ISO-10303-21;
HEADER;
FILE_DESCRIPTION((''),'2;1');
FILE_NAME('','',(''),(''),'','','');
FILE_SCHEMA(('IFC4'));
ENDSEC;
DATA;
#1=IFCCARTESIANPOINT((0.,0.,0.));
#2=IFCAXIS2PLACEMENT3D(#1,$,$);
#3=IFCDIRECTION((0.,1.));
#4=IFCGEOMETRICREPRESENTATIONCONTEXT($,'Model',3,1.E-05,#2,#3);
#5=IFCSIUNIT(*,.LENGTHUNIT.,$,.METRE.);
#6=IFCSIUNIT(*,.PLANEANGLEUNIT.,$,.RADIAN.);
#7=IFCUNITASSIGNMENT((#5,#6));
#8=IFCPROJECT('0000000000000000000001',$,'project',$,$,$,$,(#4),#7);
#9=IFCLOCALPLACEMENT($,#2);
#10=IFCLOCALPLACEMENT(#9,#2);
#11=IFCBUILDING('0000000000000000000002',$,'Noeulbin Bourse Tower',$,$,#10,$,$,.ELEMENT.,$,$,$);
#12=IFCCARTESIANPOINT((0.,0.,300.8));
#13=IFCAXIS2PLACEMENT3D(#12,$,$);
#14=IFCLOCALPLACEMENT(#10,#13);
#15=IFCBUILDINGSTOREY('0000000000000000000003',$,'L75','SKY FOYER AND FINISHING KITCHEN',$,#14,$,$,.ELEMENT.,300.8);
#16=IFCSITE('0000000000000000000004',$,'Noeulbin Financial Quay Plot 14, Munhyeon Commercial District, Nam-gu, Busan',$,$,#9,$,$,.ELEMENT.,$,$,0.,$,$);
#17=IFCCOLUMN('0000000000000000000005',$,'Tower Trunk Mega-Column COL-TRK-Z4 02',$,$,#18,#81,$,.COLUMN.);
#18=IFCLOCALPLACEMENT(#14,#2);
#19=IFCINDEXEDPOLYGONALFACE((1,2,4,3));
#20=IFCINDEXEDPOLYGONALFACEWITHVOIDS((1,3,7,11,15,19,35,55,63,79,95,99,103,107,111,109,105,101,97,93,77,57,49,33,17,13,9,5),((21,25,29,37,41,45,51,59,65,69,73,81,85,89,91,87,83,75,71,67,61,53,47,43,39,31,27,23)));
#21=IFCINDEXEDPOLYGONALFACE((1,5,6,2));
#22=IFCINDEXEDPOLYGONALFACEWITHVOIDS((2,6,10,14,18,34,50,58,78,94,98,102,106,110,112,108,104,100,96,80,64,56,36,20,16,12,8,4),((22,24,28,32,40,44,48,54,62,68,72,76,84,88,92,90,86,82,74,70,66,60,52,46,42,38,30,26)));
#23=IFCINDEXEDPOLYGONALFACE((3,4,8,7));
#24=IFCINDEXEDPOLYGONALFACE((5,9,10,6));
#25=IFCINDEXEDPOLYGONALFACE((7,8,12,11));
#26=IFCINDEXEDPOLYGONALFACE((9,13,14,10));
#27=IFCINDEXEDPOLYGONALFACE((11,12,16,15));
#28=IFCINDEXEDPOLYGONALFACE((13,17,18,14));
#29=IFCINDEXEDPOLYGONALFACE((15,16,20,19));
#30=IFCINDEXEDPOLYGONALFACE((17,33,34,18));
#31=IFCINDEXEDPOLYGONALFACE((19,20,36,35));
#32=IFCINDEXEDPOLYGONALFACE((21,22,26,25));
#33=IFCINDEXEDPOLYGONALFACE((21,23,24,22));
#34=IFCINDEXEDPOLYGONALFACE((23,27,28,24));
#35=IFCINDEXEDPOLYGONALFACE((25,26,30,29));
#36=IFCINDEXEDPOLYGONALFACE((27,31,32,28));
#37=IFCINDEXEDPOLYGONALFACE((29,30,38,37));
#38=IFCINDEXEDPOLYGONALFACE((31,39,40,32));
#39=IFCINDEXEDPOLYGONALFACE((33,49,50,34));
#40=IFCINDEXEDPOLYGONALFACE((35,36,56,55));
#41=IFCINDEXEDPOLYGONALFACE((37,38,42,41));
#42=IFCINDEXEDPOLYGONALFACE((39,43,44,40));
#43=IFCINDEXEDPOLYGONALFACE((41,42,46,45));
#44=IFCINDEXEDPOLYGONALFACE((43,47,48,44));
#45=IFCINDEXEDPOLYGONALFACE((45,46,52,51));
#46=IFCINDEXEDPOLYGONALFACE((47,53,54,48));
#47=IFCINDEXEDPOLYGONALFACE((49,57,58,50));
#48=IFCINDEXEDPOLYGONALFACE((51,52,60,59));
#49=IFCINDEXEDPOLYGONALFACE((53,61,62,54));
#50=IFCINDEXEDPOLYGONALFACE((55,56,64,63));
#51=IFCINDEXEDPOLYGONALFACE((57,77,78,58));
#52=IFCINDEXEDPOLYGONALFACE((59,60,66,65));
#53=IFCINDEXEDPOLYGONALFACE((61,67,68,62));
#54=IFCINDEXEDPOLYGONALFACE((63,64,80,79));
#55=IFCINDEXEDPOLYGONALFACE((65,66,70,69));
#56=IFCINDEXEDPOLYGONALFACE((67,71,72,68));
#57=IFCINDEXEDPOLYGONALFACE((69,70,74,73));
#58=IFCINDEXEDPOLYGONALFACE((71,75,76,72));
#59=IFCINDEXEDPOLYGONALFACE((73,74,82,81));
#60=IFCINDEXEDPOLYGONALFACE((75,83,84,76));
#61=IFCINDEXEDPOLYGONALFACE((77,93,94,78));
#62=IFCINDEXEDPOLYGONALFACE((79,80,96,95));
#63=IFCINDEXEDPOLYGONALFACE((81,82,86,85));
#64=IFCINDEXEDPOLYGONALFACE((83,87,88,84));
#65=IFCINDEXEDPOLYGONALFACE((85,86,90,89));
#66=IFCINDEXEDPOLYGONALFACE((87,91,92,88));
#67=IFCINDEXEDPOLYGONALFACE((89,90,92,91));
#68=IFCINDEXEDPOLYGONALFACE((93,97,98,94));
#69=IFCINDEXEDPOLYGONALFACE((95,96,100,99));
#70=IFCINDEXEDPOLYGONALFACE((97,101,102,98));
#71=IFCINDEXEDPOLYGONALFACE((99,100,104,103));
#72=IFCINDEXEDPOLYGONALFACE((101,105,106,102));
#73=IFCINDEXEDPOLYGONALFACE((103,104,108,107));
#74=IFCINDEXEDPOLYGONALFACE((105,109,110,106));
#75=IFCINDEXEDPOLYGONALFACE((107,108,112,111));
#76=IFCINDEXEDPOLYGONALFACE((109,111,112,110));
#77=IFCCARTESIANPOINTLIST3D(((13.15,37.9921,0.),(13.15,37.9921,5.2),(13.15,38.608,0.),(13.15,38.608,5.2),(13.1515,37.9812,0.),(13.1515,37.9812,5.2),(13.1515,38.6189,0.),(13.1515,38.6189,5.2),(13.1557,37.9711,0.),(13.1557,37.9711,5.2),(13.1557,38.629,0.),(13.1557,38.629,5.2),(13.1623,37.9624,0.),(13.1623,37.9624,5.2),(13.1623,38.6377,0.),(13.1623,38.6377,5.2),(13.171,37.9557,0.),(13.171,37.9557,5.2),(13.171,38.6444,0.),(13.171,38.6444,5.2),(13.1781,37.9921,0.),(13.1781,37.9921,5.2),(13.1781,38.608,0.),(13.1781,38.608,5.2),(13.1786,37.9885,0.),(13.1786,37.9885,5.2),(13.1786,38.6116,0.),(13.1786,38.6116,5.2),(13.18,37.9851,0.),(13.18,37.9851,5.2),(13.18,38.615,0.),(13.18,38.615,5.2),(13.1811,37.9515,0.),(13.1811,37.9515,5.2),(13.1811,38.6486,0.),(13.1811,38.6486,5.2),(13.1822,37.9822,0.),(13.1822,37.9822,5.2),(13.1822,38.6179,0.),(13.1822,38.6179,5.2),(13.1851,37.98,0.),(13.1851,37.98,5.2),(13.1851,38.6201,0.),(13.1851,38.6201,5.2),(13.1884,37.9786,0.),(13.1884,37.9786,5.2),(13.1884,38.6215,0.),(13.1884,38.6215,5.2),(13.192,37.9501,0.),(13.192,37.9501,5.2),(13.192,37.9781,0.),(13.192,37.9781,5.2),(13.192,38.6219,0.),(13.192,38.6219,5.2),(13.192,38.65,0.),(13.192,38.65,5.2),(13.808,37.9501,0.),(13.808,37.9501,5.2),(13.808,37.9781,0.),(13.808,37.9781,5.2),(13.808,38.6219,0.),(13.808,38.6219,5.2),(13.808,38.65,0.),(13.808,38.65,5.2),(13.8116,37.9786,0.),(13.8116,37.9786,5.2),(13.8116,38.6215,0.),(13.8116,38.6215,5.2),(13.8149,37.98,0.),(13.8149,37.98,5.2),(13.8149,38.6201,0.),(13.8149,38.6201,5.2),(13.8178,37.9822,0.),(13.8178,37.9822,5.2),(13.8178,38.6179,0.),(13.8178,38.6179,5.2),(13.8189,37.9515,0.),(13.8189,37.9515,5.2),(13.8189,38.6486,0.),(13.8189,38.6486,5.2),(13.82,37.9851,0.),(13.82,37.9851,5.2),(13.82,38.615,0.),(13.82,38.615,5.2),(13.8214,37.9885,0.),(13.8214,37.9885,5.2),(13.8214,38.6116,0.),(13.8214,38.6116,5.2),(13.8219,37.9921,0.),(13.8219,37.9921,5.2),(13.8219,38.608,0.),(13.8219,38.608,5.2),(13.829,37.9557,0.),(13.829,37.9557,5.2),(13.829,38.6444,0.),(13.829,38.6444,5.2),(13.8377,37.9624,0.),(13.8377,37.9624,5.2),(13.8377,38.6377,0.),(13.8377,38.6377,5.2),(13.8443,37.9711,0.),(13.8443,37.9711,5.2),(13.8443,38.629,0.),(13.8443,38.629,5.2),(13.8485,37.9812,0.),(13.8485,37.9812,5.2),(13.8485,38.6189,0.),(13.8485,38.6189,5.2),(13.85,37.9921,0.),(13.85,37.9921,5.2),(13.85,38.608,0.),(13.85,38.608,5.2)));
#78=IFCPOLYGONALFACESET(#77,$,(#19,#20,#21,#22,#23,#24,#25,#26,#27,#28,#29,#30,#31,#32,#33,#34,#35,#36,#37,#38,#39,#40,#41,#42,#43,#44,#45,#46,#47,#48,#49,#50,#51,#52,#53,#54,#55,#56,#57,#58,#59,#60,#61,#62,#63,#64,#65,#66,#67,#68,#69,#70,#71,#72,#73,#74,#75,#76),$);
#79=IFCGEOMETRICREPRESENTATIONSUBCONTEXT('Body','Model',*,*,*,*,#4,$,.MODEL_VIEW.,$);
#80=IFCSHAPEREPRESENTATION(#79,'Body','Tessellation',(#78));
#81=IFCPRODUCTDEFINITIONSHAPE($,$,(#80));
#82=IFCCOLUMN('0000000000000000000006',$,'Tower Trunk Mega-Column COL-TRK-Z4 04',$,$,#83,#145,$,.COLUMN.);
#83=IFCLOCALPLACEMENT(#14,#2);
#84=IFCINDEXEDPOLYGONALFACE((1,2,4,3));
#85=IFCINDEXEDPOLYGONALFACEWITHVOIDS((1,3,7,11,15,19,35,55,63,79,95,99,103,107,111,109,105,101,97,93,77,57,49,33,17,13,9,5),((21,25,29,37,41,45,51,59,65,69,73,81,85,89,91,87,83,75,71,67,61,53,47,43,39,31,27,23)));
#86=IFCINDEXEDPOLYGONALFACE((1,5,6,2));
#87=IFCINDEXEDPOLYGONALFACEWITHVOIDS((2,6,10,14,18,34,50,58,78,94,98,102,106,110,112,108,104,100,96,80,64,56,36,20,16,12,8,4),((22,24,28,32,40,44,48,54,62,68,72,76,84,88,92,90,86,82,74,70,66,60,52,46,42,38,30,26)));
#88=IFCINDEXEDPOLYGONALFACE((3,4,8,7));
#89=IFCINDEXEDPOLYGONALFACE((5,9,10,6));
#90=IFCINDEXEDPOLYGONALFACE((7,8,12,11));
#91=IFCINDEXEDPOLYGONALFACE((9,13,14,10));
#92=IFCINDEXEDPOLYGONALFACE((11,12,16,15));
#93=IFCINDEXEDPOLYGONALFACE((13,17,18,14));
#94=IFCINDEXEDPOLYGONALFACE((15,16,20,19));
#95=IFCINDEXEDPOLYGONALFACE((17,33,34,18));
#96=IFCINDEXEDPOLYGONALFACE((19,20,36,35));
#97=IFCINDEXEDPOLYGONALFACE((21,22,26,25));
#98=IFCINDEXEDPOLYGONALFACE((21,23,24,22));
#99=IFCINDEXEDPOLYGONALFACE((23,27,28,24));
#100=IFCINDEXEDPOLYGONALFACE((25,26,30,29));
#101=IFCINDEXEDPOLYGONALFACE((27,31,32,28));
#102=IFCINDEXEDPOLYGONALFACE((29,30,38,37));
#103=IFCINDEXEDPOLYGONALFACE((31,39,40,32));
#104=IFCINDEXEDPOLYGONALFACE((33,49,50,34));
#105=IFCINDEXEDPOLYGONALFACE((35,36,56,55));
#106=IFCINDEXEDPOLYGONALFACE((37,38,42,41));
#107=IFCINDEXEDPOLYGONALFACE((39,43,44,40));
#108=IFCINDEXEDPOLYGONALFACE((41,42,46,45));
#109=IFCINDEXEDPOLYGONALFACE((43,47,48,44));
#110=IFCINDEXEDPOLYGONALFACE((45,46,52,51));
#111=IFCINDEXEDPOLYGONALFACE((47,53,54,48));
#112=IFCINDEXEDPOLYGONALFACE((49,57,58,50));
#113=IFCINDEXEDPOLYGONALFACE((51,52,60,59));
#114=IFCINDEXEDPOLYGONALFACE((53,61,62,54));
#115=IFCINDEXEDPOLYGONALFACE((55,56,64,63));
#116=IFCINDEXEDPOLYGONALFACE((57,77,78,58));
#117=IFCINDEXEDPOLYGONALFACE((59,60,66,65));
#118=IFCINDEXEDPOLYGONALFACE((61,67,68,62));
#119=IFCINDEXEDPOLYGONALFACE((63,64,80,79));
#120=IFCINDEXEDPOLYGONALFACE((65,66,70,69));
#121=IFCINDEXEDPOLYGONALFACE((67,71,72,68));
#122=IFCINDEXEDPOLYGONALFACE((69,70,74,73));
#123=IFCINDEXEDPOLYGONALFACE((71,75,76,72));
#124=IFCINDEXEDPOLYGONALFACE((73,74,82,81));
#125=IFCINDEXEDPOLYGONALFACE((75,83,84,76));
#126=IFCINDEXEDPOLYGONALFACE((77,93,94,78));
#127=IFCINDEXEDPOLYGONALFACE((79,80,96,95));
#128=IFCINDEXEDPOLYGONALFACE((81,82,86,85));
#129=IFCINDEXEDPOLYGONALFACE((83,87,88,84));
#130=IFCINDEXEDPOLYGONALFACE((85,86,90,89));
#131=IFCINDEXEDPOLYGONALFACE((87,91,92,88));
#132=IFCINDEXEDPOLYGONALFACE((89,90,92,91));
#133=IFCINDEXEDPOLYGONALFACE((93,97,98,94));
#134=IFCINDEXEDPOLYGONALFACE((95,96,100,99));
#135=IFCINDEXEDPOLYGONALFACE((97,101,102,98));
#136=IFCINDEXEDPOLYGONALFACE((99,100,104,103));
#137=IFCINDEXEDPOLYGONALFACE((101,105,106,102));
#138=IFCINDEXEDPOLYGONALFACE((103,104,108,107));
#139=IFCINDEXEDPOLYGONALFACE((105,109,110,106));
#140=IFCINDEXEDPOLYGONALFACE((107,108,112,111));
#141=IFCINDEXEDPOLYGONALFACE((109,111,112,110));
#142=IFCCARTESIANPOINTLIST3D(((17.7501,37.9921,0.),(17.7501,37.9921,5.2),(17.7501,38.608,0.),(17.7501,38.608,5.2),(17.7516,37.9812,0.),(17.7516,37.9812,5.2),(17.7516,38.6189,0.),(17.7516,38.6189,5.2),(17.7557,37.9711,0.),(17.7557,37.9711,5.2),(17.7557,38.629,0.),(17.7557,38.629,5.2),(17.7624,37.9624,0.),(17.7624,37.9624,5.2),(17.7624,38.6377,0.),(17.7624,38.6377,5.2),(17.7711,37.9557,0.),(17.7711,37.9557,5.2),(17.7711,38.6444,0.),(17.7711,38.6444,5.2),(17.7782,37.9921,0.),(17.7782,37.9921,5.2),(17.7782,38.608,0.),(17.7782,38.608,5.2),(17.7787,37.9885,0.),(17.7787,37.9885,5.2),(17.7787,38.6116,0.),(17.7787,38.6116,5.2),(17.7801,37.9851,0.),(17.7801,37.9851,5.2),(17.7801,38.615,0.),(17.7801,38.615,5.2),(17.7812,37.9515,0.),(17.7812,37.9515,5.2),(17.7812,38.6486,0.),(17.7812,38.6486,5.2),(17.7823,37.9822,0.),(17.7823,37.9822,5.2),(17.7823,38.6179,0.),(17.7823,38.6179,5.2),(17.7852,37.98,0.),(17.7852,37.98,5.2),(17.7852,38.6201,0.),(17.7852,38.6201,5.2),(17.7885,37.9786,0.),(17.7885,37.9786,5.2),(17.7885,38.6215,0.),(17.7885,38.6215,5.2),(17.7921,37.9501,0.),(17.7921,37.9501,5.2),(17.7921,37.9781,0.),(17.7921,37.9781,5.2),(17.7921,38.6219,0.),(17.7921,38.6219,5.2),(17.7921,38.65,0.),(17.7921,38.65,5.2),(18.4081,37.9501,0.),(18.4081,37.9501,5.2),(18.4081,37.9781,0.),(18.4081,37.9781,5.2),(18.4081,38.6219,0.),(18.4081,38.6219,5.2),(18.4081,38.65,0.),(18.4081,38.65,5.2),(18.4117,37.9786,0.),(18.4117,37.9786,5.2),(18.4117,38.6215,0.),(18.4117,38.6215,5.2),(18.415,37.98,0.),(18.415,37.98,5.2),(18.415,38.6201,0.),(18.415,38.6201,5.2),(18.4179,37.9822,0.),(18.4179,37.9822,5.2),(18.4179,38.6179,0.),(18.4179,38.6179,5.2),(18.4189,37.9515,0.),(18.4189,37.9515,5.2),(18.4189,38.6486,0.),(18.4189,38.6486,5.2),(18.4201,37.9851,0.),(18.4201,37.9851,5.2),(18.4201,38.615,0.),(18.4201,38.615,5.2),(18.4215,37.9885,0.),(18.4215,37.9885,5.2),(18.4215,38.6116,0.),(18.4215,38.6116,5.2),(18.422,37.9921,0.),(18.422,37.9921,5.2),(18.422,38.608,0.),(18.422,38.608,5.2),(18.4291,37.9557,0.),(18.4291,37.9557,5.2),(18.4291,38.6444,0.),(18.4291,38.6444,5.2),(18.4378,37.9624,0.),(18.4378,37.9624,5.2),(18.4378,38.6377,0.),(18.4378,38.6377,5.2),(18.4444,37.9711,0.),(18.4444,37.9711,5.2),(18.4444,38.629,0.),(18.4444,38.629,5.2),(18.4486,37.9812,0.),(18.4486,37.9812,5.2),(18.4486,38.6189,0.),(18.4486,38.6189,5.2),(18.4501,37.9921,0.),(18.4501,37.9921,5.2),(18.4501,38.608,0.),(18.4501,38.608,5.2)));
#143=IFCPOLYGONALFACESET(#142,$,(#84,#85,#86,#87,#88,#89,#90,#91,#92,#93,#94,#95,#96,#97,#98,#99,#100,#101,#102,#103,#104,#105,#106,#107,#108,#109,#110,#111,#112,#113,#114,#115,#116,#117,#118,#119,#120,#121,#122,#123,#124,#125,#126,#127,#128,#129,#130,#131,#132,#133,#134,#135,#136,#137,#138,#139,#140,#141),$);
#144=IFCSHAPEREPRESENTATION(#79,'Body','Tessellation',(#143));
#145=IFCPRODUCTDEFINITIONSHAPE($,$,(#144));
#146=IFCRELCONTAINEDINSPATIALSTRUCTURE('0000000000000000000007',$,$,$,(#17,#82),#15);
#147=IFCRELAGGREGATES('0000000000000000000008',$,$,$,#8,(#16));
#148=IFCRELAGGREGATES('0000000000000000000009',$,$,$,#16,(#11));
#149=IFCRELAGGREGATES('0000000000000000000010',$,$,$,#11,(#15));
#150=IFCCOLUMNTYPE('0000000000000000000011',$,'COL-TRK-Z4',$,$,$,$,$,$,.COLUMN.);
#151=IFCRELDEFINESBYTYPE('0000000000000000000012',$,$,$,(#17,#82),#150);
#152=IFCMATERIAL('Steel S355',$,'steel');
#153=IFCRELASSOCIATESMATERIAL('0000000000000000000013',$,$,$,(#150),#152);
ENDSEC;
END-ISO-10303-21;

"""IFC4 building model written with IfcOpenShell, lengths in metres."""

from ifc_helpers import new_model, si_unit, direction, frame, origin, origin_2d, place, context, subcontext, project, spatial, hollow_rectangle, extrude, material, material_profile, profile_set, type_object, element, save


model = new_model("IFC4")

# Units and contexts
model_context = context("Model", 3, precision=1e-05, world=origin(), true_north=direction((0.0, 1.0)))
body_context = subcontext(model_context, "Body", "Model", "MODEL_VIEW")
ifc_project = project(units=[si_unit("LENGTHUNIT", "METRE"), si_unit("PLANEANGLEUNIT", "RADIAN")], contexts=[model_context])

# Site, building, storey
site_placement = place(None, origin())
site = spatial("IfcSite", under=ifc_project, at=site_placement, Name="Noeulbin Financial Quay Plot 14, Munhyeon Commercial District, Nam-gu, Busan", CompositionType="ELEMENT", RefElevation=0.0)
building_placement = place(site_placement, origin())
building = spatial("IfcBuilding", under=site, at=building_placement, Name="Noeulbin Bourse Tower", CompositionType="ELEMENT")
storey_placement = place(building_placement, frame((0.0, 0.0, 300.8)))
storey = spatial("IfcBuildingStorey", under=building, at=storey_placement, Name="L75", Description="SKY FOYER AND FINISHING KITCHEN", CompositionType="ELEMENT", Elevation=300.8)

# Columns
ifc_material_1 = material(Name="Steel S355", Category="steel")
ifc_material_profile_1 = material_profile(ifc_material_1, hollow_rectangle(XDim=0.7, YDim=0.7, WallThickness=0.0281, InnerFilletRadius=0.0139, OuterFilletRadius=0.042, at=origin_2d()), Name="BOX-700x700x28", Category="LoadBearing")
ifc_profile_set_1 = profile_set([ifc_material_profile_1], Name="Steel S355")
column_type = type_object("IfcColumnType", Name="COL-TRK-Z4", PredefinedType="COLUMN", material=ifc_profile_set_1)
for number, where, z_axis, x_axis, name in (
    (1, (13.5, 38.3, 0.0), (0.0, 0.0, 1.0), (1.0, 0.0, 0.0), "Tower Trunk Mega-Column COL-TRK-Z4 02"),
    (2, (18.1001, 38.3, 0.0), (0.0, 0.0, 1.0), (1.0, 0.0, 0.0), "Tower Trunk Mega-Column COL-TRK-Z4 04"),
):
    element("IfcColumn", number, at=place(storey_placement, frame(where, z_axis=z_axis, x_axis=x_axis)), inside=storey, type_object=column_type, Name=name, PredefinedType="COLUMN", context=body_context, shape_type="SweptSolid", body=[
        extrude(hollow_rectangle(XDim=0.7, YDim=0.7, WallThickness=0.0281, InnerFilletRadius=0.0139, OuterFilletRadius=0.042, at=origin_2d()), origin(), (0.0, 0.0, 1.0), 5.2),
    ])

save(model, "model.ifc")
